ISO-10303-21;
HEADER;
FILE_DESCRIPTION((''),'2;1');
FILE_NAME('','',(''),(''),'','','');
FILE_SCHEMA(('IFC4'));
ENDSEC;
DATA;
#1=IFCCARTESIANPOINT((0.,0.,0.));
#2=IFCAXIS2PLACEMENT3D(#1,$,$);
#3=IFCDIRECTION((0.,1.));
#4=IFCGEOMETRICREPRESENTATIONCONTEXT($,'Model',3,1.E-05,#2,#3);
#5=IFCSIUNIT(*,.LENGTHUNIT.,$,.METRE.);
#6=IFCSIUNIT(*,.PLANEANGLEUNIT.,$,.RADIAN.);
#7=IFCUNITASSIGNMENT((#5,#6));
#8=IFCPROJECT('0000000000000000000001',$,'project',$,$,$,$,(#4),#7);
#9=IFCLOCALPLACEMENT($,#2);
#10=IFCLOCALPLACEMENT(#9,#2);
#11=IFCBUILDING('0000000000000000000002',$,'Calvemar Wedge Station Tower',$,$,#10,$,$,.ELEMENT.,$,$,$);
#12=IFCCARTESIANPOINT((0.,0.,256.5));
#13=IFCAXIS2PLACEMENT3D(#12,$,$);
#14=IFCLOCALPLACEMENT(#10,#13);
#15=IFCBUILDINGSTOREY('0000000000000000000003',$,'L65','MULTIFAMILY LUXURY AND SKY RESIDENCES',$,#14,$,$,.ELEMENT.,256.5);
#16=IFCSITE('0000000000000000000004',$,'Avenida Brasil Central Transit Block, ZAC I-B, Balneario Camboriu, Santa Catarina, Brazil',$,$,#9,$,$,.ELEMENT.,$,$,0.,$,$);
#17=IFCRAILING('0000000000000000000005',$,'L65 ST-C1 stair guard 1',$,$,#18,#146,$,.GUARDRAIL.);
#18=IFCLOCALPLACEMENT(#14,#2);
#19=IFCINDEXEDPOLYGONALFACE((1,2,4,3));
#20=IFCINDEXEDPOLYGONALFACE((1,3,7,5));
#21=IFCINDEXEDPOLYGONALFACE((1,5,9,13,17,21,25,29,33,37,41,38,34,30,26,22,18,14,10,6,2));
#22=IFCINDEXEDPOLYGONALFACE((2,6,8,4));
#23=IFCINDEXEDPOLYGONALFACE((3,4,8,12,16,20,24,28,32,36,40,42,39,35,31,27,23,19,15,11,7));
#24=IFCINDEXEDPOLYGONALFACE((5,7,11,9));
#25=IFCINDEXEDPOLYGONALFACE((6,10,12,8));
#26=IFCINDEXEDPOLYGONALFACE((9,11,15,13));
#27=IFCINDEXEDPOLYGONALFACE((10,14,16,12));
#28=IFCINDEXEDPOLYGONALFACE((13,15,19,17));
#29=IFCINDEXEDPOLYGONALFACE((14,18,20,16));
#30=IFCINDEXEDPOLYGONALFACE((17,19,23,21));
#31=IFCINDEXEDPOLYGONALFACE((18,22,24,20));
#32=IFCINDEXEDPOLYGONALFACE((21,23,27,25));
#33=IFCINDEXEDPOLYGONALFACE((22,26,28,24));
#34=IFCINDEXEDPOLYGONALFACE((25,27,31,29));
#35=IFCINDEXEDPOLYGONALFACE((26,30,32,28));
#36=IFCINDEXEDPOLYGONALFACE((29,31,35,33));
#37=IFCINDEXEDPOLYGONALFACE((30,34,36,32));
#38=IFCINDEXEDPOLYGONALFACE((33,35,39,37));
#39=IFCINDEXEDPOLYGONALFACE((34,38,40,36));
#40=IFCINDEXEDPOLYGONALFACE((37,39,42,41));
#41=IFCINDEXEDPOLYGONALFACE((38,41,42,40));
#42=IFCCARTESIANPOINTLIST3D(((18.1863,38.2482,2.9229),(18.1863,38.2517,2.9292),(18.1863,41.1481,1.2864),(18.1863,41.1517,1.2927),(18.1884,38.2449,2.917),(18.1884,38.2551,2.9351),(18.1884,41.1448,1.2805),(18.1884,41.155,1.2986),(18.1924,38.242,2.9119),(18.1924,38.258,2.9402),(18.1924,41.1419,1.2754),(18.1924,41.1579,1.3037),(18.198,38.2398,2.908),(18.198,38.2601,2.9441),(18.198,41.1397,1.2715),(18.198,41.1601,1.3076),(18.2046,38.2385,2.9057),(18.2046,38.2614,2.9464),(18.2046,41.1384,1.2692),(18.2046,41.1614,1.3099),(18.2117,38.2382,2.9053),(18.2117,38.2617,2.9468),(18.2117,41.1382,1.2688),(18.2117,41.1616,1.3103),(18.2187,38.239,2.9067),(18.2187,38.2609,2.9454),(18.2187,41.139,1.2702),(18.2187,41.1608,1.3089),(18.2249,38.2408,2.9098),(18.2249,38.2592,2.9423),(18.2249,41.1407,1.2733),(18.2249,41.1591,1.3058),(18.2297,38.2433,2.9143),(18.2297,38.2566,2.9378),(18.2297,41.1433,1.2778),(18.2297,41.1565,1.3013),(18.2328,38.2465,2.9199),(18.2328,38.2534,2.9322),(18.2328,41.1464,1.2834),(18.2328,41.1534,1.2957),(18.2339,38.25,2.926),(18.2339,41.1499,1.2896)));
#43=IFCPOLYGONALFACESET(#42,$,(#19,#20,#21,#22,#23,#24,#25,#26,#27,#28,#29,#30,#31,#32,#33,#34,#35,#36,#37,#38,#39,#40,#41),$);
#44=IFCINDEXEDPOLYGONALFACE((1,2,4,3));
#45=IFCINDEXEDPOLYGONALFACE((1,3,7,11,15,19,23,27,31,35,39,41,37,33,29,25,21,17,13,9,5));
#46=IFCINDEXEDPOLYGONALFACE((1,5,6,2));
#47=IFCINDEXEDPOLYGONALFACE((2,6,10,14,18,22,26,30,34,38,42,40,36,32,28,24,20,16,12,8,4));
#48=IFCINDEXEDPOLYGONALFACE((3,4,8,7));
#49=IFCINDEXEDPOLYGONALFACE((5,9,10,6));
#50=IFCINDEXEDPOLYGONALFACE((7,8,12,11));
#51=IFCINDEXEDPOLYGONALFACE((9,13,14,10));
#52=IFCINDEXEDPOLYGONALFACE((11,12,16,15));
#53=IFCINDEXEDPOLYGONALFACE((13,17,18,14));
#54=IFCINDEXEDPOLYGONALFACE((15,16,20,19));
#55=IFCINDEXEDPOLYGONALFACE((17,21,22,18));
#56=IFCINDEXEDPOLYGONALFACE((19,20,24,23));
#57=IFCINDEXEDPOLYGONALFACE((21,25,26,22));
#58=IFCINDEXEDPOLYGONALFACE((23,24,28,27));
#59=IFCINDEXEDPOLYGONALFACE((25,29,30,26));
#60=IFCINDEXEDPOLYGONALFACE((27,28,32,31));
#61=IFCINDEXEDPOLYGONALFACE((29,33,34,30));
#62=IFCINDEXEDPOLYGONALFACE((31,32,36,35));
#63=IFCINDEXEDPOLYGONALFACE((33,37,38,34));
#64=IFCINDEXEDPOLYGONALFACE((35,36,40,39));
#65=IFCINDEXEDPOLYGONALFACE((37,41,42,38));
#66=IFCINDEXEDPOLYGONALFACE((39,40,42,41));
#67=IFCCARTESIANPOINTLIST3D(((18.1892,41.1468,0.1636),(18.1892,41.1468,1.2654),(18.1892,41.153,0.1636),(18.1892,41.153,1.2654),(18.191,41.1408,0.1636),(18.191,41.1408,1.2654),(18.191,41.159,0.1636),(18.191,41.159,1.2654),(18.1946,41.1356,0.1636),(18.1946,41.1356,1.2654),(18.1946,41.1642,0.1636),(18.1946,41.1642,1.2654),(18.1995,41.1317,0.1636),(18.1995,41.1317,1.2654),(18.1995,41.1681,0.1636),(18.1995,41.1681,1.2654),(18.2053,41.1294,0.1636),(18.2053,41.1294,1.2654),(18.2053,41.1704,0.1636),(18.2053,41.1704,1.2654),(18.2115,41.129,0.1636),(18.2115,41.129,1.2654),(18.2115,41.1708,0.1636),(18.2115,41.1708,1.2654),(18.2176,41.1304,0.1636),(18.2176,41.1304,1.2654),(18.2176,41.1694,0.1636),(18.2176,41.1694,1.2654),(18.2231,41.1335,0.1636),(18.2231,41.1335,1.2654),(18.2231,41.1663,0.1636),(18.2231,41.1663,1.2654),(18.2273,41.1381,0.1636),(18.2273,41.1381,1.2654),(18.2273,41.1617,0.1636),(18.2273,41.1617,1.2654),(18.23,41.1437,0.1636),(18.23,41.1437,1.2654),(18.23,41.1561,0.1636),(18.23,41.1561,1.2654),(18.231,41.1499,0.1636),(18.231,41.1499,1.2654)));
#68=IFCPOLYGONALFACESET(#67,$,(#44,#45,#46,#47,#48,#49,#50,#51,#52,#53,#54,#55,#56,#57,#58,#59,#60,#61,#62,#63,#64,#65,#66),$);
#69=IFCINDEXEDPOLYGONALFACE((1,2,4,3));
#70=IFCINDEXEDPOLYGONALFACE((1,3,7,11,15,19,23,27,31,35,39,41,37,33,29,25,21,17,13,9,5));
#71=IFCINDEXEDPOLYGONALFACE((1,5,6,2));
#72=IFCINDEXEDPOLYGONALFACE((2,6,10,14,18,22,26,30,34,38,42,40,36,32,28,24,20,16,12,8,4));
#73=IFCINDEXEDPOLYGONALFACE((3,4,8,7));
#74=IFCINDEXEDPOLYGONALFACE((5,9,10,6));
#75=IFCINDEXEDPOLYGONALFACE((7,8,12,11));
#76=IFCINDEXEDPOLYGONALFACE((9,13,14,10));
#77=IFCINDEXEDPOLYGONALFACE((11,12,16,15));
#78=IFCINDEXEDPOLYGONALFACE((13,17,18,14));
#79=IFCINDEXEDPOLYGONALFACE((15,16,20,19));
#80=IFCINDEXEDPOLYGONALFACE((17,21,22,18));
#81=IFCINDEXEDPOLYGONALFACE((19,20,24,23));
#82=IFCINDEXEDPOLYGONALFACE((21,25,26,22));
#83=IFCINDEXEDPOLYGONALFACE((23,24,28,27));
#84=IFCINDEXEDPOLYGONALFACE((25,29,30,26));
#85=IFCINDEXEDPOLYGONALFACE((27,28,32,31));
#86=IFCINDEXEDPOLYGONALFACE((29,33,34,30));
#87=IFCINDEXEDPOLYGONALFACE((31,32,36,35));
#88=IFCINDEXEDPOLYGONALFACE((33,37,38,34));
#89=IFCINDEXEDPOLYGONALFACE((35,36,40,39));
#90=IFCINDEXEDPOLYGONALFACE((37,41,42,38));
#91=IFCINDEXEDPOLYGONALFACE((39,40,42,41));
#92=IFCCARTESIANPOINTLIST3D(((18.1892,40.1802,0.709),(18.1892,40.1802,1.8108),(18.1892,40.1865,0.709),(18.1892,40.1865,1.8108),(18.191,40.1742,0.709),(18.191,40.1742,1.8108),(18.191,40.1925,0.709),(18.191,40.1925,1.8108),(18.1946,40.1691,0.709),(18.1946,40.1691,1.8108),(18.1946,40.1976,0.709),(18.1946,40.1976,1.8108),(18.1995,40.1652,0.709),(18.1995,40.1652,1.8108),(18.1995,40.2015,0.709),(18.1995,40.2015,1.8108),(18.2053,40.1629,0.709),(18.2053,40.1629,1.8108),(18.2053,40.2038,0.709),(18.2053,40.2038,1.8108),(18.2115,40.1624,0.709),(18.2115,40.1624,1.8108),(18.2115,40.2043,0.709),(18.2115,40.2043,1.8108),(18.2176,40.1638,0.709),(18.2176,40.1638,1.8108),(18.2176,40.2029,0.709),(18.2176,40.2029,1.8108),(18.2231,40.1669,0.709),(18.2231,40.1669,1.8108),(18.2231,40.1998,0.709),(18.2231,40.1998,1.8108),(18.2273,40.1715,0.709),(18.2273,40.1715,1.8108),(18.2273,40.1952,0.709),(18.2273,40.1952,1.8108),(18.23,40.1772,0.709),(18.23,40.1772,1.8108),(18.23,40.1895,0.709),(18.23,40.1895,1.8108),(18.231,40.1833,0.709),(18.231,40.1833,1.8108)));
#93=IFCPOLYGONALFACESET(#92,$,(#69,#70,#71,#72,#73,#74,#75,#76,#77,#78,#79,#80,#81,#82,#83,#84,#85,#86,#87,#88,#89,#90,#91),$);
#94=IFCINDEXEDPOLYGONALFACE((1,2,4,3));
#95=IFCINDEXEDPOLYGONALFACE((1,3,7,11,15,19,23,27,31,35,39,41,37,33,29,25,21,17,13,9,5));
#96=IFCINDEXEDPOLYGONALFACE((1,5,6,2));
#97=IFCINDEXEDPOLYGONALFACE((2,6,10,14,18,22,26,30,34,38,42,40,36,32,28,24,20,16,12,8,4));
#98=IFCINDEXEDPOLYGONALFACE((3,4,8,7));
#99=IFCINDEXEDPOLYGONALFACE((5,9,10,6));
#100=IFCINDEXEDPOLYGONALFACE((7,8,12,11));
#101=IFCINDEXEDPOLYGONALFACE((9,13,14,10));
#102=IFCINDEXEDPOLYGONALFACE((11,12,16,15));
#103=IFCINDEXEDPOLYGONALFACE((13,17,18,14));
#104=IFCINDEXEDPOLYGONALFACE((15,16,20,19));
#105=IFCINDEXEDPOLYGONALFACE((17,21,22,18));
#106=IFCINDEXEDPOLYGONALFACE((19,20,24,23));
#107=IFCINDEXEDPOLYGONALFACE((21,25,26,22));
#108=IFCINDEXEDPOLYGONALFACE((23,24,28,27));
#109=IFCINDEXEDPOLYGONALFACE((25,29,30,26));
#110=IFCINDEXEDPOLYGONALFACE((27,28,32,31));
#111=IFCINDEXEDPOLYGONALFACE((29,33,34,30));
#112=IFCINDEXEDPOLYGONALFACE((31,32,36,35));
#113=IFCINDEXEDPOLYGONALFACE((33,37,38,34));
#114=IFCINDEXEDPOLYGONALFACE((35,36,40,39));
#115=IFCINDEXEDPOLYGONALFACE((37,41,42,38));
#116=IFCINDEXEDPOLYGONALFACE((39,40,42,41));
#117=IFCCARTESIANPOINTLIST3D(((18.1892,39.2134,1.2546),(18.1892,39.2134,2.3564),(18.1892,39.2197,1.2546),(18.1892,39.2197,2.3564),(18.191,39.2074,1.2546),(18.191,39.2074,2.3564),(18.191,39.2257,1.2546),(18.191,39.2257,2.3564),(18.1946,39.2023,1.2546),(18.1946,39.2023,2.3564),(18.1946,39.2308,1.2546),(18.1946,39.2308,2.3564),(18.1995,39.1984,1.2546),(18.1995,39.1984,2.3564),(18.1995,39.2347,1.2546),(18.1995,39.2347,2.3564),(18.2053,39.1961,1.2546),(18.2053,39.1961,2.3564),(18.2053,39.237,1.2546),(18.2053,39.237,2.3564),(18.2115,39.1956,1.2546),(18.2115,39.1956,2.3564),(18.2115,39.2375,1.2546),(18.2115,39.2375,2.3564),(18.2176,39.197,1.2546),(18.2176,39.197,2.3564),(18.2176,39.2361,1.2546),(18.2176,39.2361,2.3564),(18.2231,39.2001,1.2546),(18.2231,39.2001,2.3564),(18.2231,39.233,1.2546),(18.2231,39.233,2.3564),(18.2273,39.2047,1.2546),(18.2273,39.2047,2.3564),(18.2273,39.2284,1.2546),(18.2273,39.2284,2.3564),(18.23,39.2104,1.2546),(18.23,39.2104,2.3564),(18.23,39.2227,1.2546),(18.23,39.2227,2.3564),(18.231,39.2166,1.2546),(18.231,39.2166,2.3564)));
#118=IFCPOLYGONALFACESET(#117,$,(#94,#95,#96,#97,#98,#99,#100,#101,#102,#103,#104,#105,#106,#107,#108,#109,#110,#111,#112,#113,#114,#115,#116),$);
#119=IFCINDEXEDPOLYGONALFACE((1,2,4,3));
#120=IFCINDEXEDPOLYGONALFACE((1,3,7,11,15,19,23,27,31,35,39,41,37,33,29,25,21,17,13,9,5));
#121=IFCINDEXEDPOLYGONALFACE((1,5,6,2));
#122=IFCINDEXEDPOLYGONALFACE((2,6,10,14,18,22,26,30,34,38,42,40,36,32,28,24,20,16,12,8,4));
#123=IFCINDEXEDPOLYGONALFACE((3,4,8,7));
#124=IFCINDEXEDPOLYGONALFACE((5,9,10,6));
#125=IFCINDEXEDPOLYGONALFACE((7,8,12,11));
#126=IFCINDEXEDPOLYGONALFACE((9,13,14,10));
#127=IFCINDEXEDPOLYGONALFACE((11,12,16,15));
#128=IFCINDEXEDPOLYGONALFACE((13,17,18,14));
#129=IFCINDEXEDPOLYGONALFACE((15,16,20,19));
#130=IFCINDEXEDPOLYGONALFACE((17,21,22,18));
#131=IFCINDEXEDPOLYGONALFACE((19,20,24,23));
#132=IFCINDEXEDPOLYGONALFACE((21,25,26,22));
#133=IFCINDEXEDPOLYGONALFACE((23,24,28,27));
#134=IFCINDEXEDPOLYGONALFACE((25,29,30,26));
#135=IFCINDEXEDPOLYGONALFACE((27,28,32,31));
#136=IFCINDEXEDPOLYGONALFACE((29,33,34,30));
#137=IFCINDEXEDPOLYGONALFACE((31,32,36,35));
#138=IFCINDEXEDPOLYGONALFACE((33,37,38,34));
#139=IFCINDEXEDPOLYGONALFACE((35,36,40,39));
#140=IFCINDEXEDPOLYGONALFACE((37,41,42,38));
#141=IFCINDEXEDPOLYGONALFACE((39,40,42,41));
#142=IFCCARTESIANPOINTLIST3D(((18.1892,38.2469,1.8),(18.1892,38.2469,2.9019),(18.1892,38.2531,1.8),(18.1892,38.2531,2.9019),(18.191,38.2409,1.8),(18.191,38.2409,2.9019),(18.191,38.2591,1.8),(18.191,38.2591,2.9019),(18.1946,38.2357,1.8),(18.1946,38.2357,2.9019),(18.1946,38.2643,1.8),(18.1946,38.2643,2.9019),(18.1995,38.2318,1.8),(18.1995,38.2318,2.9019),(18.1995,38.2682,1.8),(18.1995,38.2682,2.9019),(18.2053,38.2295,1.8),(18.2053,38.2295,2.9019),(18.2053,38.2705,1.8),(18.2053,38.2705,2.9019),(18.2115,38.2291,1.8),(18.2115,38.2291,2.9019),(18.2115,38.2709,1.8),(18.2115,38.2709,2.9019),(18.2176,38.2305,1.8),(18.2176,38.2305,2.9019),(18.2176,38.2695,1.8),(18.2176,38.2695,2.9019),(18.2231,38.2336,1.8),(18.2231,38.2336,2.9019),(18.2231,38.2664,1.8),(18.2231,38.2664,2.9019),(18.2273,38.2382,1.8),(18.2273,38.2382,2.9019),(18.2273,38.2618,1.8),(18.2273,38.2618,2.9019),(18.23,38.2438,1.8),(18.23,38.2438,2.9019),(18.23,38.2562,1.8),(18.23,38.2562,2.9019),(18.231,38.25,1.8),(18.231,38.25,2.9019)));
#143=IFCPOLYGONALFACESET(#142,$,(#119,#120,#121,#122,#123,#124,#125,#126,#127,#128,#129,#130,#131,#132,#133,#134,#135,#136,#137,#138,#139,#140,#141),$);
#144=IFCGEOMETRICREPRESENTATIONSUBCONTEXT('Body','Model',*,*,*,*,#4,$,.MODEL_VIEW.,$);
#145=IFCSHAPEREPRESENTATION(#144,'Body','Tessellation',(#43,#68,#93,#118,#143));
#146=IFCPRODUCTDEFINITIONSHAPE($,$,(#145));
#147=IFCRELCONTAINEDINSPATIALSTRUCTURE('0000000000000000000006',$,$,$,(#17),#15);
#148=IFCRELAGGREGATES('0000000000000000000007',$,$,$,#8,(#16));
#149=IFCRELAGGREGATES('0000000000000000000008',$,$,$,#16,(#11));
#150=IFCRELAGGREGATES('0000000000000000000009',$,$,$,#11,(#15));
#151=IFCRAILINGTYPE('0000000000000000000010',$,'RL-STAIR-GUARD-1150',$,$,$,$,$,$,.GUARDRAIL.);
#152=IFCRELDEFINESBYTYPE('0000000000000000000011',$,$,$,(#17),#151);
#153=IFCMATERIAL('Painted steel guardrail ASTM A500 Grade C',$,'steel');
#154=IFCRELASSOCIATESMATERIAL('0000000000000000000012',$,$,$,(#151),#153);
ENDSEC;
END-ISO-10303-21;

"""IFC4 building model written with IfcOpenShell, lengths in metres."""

from ifc_helpers import new_model, si_unit, direction, frame, origin, origin_2d, place, context, subcontext, project, spatial, circle, extrude, material, type_object, element, save


model = new_model("IFC4")

# Units and contexts
model_context = context("Model", 3, precision=1e-05, world=origin(), true_north=direction((0.0, 1.0)))
body_context = subcontext(model_context, "Body", "Model", "MODEL_VIEW")
ifc_project = project(units=[si_unit("LENGTHUNIT", "METRE"), si_unit("PLANEANGLEUNIT", "RADIAN")], contexts=[model_context])

# Site, building, storey
site_placement = place(None, origin())
site = spatial("IfcSite", under=ifc_project, at=site_placement, Name="Avenida Brasil Central Transit Block, ZAC I-B, Balneario Camboriu, Santa Catarina, Brazil", CompositionType="ELEMENT", RefElevation=0.0)
building_placement = place(site_placement, origin())
building = spatial("IfcBuilding", under=site, at=building_placement, Name="Calvemar Wedge Station Tower", CompositionType="ELEMENT")
storey_placement = place(building_placement, frame((0.0, 0.0, 256.5)))
storey = spatial("IfcBuildingStorey", under=building, at=storey_placement, Name="L65", Description="MULTIFAMILY LUXURY AND SKY RESIDENCES", CompositionType="ELEMENT", Elevation=256.5)

# Railing
ifc_material_1 = material(Name="Painted steel guardrail ASTM A500 Grade C", Category="steel")
railing_type_1 = type_object("IfcRailingType", Name="RL-STAIR-GUARD-1150", PredefinedType="GUARDRAIL", material=ifc_material_1)
railing_1_placement = place(storey_placement, frame((18.21, 41.1499, 0.1636)))
element("IfcRailing", 1, at=railing_1_placement, inside=storey, type_object=railing_type_1, Name="L65 ST-C1 stair guard 1", PredefinedType="GUARDRAIL", context=body_context, shape_type="SweptSolid", body=[
    extrude(circle(Radius=0.0239, at=origin_2d()), frame((0.0, 0.0, 1.126), z_axis=(0.0, -0.870897, 0.491465), x_axis=(1.0, 0.0, 0.0)), (0.0, 0.0, 1.0), 3.3298),
    extrude(circle(Radius=0.021, at=origin_2d()), origin(), (0.0, 0.0, 1.0), 1.1018),
    extrude(circle(Radius=0.021, at=origin_2d()), frame((0.0, -0.9666, 0.5454)), (0.0, 0.0, 1.0), 1.1018),
    extrude(circle(Radius=0.021, at=origin_2d()), frame((0.0, -1.9333, 1.0911)), (0.0, 0.0, 1.0), 1.1018),
    extrude(circle(Radius=0.021, at=origin_2d()), frame((0.0, -2.8999, 1.6365)), (0.0, 0.0, 1.0), 1.1018),
])

save(model, "model.ifc")
